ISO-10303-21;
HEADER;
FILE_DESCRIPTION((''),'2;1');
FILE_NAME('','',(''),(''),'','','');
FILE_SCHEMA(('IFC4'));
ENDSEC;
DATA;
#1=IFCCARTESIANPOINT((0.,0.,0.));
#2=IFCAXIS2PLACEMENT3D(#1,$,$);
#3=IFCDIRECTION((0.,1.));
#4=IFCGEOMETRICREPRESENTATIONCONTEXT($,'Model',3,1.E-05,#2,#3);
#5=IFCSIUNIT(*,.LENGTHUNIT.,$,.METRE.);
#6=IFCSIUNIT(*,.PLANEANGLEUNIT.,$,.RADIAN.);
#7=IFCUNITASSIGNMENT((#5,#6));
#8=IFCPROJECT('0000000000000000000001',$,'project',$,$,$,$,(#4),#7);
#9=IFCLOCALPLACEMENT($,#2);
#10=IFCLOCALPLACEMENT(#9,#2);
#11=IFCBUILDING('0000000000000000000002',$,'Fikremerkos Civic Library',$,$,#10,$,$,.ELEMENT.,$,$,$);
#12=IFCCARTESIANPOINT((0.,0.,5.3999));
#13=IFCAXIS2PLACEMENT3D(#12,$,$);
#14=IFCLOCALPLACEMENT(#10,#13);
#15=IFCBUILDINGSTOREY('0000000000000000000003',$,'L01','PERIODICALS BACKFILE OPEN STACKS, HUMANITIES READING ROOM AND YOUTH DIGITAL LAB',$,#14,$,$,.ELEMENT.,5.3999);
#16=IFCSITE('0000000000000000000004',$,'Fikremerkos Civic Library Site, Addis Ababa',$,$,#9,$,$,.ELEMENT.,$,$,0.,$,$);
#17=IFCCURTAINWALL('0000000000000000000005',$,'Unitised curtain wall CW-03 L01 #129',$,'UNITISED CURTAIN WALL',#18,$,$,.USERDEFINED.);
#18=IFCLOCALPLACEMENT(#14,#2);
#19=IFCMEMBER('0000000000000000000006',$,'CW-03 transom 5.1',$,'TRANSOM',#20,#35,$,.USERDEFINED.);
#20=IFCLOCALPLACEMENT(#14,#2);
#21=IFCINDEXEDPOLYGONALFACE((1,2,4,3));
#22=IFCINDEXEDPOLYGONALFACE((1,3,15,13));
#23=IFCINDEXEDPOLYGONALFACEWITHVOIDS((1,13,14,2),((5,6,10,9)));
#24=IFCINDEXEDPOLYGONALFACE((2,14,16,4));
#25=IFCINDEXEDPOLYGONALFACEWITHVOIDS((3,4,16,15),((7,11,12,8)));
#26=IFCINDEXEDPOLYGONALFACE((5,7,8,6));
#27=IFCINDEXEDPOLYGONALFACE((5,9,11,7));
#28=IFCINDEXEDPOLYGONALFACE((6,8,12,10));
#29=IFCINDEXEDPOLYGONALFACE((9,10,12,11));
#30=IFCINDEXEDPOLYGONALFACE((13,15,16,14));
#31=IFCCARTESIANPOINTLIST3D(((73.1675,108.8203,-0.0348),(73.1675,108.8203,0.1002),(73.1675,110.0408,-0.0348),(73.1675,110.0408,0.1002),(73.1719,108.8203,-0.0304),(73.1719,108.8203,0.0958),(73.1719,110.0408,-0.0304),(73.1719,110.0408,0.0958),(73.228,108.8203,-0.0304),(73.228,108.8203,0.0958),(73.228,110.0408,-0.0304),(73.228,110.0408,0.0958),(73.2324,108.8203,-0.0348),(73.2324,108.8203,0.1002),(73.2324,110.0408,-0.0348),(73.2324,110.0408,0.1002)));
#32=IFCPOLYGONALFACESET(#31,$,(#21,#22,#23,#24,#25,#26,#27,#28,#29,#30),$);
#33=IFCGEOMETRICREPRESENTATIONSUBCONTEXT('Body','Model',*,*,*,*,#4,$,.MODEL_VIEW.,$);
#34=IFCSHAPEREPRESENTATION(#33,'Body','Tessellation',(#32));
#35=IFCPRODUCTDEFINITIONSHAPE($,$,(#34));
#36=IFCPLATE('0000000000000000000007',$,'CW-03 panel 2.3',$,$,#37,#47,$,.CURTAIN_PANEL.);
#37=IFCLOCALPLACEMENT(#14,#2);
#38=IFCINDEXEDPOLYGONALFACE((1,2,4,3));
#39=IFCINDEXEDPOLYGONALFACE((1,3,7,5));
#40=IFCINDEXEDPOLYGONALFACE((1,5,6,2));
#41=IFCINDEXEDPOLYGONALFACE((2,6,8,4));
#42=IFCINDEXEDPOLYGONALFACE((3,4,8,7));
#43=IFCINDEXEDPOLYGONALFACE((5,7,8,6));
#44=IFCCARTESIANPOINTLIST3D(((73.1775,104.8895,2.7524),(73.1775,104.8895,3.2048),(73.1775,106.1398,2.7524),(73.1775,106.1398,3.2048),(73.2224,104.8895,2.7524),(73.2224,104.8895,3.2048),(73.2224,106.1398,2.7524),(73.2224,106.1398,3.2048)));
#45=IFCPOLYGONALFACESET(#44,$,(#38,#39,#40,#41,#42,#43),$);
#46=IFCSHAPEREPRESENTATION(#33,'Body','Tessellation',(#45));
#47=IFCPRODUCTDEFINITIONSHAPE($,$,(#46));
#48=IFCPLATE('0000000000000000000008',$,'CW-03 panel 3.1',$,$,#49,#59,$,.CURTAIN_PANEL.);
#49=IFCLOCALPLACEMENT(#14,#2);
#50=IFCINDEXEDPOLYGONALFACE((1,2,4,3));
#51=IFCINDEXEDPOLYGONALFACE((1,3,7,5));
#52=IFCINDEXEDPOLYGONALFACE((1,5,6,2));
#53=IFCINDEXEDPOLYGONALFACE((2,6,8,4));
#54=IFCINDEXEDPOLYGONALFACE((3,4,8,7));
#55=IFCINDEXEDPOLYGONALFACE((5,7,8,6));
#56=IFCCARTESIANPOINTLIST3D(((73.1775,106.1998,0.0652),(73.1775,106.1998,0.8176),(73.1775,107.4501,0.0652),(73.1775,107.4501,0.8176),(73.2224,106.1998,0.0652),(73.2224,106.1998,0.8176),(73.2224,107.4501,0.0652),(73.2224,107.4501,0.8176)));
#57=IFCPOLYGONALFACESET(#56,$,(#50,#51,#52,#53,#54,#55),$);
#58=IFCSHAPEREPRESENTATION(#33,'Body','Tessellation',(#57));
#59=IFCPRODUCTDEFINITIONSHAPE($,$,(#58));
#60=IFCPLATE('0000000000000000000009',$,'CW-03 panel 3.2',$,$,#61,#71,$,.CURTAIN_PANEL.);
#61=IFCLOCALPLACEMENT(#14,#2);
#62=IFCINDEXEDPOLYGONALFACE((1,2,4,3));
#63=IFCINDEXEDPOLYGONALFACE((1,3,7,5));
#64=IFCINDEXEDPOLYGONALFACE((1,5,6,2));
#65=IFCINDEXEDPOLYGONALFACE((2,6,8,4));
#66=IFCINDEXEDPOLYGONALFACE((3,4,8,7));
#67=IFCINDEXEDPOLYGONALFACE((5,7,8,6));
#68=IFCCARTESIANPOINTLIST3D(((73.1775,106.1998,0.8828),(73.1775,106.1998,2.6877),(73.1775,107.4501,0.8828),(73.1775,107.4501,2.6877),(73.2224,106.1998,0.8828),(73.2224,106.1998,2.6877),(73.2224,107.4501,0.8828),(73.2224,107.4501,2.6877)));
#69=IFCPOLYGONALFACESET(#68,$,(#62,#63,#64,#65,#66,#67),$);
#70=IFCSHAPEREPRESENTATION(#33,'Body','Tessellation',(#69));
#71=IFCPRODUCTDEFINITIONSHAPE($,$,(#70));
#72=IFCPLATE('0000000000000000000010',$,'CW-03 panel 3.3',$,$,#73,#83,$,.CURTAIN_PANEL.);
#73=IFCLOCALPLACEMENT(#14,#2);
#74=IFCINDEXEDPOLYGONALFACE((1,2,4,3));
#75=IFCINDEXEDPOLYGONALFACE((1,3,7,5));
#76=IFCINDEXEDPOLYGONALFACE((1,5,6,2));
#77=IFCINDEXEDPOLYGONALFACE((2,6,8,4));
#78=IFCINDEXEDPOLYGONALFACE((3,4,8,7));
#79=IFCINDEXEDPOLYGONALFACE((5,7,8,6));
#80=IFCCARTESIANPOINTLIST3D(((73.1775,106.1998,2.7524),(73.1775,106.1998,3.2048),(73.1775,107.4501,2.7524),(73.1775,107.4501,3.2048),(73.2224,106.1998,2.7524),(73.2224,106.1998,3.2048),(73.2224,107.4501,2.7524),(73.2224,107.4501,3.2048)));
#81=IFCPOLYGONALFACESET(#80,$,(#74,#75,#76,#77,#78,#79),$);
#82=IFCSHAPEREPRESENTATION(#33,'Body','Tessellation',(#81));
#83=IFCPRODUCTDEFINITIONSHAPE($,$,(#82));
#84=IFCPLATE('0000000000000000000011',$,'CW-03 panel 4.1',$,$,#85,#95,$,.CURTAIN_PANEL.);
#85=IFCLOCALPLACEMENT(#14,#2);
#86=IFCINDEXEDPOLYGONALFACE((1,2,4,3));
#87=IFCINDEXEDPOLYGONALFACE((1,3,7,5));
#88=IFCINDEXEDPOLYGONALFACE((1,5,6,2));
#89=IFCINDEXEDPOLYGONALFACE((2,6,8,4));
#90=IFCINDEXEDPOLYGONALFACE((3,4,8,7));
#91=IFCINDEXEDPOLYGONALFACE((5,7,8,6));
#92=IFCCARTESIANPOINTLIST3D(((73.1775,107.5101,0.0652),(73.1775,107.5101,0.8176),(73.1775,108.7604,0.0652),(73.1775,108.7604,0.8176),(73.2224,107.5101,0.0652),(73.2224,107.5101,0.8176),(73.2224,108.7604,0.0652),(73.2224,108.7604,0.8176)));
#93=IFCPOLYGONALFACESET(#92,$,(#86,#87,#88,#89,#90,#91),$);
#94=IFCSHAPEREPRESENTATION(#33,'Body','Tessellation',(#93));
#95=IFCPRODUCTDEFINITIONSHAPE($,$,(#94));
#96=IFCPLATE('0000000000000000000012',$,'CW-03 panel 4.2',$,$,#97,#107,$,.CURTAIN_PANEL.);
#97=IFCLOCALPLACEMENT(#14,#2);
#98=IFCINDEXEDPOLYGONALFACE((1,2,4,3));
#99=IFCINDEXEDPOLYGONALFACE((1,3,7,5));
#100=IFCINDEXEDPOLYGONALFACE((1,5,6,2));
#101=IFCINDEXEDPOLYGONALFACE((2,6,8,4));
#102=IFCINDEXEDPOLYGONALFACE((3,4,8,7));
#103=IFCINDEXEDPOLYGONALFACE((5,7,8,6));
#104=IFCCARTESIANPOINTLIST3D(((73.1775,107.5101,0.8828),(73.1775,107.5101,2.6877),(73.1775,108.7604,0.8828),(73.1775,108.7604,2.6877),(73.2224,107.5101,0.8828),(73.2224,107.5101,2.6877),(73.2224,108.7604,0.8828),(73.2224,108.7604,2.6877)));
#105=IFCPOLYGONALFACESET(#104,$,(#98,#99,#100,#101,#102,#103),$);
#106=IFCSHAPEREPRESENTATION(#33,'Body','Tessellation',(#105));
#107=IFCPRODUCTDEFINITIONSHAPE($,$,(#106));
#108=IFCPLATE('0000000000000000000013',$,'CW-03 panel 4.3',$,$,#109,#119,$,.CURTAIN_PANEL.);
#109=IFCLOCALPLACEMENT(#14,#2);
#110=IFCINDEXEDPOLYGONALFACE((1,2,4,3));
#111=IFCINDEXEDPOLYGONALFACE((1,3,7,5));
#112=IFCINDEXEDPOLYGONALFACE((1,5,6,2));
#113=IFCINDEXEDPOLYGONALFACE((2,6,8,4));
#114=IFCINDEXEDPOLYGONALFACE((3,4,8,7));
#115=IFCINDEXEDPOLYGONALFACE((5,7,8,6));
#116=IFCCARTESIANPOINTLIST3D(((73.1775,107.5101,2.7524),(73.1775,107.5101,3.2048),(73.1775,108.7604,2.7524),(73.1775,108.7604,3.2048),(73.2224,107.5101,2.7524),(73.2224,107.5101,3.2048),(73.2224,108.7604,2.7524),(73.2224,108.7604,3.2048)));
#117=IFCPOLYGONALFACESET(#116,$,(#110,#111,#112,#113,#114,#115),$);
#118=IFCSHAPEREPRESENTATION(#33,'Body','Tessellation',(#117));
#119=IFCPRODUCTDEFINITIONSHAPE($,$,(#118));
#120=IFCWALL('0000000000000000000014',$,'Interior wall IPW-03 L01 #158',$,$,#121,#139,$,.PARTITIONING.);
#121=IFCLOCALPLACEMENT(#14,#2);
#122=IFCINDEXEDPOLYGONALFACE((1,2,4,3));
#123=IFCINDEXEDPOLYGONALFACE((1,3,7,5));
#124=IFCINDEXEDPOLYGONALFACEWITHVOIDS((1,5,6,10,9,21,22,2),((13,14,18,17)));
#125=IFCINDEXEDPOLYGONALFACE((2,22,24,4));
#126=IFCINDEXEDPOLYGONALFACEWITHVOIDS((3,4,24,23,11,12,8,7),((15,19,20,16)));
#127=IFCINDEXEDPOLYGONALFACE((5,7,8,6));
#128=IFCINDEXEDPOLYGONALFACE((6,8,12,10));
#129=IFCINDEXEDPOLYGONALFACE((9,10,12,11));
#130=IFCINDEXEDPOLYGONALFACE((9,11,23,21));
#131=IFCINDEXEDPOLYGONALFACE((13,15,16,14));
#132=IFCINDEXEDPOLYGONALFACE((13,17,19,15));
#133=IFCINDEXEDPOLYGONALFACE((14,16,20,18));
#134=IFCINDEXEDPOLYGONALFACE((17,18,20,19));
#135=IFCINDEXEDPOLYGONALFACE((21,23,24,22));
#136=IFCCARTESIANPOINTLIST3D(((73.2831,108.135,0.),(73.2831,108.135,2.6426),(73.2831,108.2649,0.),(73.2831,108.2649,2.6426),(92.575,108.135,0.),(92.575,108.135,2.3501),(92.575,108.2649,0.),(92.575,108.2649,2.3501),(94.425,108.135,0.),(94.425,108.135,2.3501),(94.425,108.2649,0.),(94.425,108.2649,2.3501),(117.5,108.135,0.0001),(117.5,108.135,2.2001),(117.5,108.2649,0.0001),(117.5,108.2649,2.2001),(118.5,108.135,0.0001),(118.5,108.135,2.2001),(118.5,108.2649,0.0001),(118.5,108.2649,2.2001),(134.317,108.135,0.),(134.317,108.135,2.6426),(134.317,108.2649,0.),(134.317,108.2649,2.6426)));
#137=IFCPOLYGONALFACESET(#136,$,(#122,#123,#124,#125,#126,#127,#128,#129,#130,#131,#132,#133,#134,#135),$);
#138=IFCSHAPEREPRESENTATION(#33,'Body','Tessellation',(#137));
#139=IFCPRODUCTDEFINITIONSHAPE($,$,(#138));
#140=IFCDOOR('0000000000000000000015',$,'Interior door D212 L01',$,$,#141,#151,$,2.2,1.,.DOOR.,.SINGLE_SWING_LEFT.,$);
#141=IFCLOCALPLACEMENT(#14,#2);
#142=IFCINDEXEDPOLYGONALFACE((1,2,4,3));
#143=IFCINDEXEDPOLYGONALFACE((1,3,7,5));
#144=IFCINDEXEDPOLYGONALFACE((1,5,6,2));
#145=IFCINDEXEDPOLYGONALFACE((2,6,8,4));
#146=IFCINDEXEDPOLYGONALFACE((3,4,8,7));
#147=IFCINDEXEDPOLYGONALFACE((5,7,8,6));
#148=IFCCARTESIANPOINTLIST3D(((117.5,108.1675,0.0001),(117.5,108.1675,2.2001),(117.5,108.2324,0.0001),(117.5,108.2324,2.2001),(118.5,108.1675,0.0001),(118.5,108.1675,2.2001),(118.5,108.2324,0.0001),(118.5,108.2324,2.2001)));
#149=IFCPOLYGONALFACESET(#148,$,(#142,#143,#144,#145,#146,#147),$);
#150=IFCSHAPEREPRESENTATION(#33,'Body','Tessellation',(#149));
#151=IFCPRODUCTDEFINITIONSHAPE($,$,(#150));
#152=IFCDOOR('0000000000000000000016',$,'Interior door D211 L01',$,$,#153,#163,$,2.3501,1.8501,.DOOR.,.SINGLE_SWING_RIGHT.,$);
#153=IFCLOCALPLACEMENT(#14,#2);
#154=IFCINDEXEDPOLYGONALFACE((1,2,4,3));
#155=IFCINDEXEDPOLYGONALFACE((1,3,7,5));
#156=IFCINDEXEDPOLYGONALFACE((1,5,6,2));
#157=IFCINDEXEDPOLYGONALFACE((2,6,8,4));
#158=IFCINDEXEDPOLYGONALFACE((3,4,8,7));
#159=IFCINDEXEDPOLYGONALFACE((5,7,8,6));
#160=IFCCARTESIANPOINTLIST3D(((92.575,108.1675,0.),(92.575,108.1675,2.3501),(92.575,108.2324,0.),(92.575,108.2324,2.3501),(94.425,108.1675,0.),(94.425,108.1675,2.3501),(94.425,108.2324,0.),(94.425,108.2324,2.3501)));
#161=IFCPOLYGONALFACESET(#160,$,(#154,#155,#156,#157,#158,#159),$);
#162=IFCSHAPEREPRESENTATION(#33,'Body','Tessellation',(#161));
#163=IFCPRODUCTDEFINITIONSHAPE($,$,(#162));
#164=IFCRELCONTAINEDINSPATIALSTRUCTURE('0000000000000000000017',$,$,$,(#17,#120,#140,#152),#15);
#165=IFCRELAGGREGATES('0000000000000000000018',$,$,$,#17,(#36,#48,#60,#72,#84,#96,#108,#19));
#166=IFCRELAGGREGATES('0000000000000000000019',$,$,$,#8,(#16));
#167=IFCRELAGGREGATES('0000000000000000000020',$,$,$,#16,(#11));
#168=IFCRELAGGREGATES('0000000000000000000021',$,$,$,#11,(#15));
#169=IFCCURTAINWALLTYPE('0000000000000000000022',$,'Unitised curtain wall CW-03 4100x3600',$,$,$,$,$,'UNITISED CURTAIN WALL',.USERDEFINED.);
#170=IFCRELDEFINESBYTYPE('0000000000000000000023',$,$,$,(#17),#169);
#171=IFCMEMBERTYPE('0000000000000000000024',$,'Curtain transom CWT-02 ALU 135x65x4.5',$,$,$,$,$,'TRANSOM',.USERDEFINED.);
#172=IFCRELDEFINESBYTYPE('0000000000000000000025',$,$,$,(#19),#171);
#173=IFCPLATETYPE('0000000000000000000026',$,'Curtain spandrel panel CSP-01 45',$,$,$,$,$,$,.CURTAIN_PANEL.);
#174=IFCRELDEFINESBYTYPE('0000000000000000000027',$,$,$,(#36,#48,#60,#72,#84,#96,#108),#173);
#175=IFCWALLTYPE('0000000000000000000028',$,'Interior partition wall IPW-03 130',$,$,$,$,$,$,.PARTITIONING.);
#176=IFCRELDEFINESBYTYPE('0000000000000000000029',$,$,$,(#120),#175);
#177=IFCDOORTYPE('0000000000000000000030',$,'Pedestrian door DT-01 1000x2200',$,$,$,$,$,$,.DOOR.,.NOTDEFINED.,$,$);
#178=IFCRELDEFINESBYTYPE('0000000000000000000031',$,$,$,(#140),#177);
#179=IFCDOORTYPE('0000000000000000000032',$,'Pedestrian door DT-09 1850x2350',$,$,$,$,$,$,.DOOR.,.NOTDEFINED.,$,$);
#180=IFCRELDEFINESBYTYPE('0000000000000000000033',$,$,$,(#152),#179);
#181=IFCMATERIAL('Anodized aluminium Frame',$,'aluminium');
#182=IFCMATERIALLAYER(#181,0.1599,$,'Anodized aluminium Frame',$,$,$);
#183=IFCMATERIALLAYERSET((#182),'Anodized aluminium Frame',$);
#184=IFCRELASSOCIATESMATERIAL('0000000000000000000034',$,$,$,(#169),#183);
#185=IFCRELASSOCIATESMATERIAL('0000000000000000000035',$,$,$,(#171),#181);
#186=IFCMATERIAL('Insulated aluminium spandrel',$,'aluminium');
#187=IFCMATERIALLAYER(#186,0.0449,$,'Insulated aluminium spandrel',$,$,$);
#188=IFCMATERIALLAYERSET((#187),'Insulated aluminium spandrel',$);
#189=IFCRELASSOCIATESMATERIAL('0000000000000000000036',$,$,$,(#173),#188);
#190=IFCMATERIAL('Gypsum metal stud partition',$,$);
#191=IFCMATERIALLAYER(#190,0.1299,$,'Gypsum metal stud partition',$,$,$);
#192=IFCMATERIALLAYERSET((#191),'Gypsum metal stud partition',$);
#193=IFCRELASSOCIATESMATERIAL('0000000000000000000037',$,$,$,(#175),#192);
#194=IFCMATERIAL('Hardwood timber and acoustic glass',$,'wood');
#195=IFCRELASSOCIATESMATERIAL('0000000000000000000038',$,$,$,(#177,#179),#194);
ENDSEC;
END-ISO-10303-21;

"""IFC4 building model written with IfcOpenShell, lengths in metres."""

from ifc_helpers import new_model, si_unit, direction, frame, frame_2d, origin, origin_2d, place, context, subcontext, project, spatial, rectangle, hollow_rectangle, extrude, material, layer, layer_set, material_profile, profile_set, type_object, element, fill, aggregate, save


model = new_model("IFC4")

# Units and contexts
model_context = context("Model", 3, precision=1e-05, world=origin(), true_north=direction((0.0, 1.0)))
body_context = subcontext(model_context, "Body", "Model", "MODEL_VIEW")
ifc_project = project(units=[si_unit("LENGTHUNIT", "METRE"), si_unit("PLANEANGLEUNIT", "RADIAN")], contexts=[model_context])

# Site, building, storey
site_placement = place(None, origin())
site = spatial("IfcSite", under=ifc_project, at=site_placement, Name="Fikremerkos Civic Library Site, Addis Ababa", CompositionType="ELEMENT", RefElevation=0.0)
building_placement = place(site_placement, origin())
building = spatial("IfcBuilding", under=site, at=building_placement, Name="Fikremerkos Civic Library", CompositionType="ELEMENT")
storey_placement = place(building_placement, frame((0.0, 0.0, 5.3999)))
storey = spatial("IfcBuildingStorey", under=building, at=storey_placement, Name="L01", Description="PERIODICALS BACKFILE OPEN STACKS, HUMANITIES READING ROOM AND YOUTH DIGITAL LAB", CompositionType="ELEMENT", Elevation=5.3999)

# Curtain wall, member, plates
ifc_material_1 = material(Name="Anodized aluminium Frame", Category="aluminium")
ifc_layer_1 = layer(ifc_material_1, 0.1599, Name="Anodized aluminium Frame")
ifc_layer_set_1 = layer_set([ifc_layer_1], Name="Anodized aluminium Frame")
curtain_wall_type = type_object("IfcCurtainWallType", Name="Unitised curtain wall CW-03 4100x3600", ElementType="UNITISED CURTAIN WALL", PredefinedType="USERDEFINED", material=ifc_layer_set_1)
curtain_wall_placement = place(storey_placement, origin())
curtain_wall = element("IfcCurtainWall", 1, at=curtain_wall_placement, inside=storey, type_object=curtain_wall_type, Name="Unitised curtain wall CW-03 L01 #129", ObjectType="UNITISED CURTAIN WALL", PredefinedType="USERDEFINED")
ifc_material_profile_1 = material_profile(ifc_material_1, hollow_rectangle(XDim=0.0649, YDim=0.135, WallThickness=0.0044, at=origin_2d()), Name="ALU 135x65x4.5")
ifc_profile_set_1 = profile_set([ifc_material_profile_1], Name="Anodized aluminium Frame")
member_type_1 = type_object("IfcMemberType", Name="Curtain transom CWT-02 ALU 135x65x4.5", ElementType="TRANSOM", PredefinedType="USERDEFINED", material=ifc_profile_set_1)
member_1_placement = place(storey_placement, frame((73.2, 108.8203, 0.0327), z_axis=(0.0, 1.0, 0.0), x_axis=(-1.0, 0.0, 0.0)))
member_1 = element("IfcMember", 2, at=member_1_placement, type_object=member_type_1, Name="CW-03 transom 5.1", ObjectType="TRANSOM", PredefinedType="USERDEFINED", context=body_context, shape_type="SweptSolid", body=[
    extrude(hollow_rectangle(XDim=0.0649, YDim=0.135, WallThickness=0.0044, at=origin_2d()), origin(), (0.0, 0.0, 1.0), 1.2205),
])
ifc_material_2 = material(Name="Insulated aluminium spandrel", Category="aluminium")
ifc_layer_2 = layer(ifc_material_2, 0.0449, Name="Insulated aluminium spandrel")
ifc_layer_set_2 = layer_set([ifc_layer_2], Name="Insulated aluminium spandrel")
plate_type = type_object("IfcPlateType", Name="Curtain spandrel panel CSP-01 45", PredefinedType="CURTAIN_PANEL", material=ifc_layer_set_2)
plate_1_placement = place(storey_placement, frame((73.2, 105.5146, 2.7524), z_axis=(0.0, 0.0, 1.0), x_axis=(0.0, 1.0, 0.0)))
plate_1 = element("IfcPlate", 3, at=plate_1_placement, type_object=plate_type, Name="CW-03 panel 2.3", PredefinedType="CURTAIN_PANEL", context=body_context, shape_type="SweptSolid", body=[
    extrude(rectangle(XDim=1.2502, YDim=0.0449, at=origin_2d()), origin(), (0.0, 0.0, 1.0), 0.4524),
])
plate_2_placement = place(storey_placement, frame((73.2, 106.825, 0.0652), z_axis=(0.0, 0.0, 1.0), x_axis=(0.0, 1.0, 0.0)))
plate_2 = element("IfcPlate", 4, at=plate_2_placement, type_object=plate_type, Name="CW-03 panel 3.1", PredefinedType="CURTAIN_PANEL", context=body_context, shape_type="SweptSolid", body=[
    extrude(rectangle(XDim=1.2502, YDim=0.0449, at=origin_2d()), origin(), (0.0, 0.0, 1.0), 0.7524),
])
plate_3_placement = place(storey_placement, frame((73.2, 106.825, 0.8828), z_axis=(0.0, 0.0, 1.0), x_axis=(0.0, 1.0, 0.0)))
plate_3 = element("IfcPlate", 5, at=plate_3_placement, type_object=plate_type, Name="CW-03 panel 3.2", PredefinedType="CURTAIN_PANEL", context=body_context, shape_type="SweptSolid", body=[
    extrude(rectangle(XDim=1.2502, YDim=0.0449, at=origin_2d()), origin(), (0.0, 0.0, 1.0), 1.8049),
])
plate_4_placement = place(storey_placement, frame((73.2, 106.825, 2.7524), z_axis=(0.0, 0.0, 1.0), x_axis=(0.0, 1.0, 0.0)))
plate_4 = element("IfcPlate", 6, at=plate_4_placement, type_object=plate_type, Name="CW-03 panel 3.3", PredefinedType="CURTAIN_PANEL", context=body_context, shape_type="SweptSolid", body=[
    extrude(rectangle(XDim=1.2502, YDim=0.0449, at=origin_2d()), origin(), (0.0, 0.0, 1.0), 0.4524),
])
plate_5_placement = place(storey_placement, frame((73.2, 108.1353, 0.0652), z_axis=(0.0, 0.0, 1.0), x_axis=(0.0, 1.0, 0.0)))
plate_5 = element("IfcPlate", 7, at=plate_5_placement, type_object=plate_type, Name="CW-03 panel 4.1", PredefinedType="CURTAIN_PANEL", context=body_context, shape_type="SweptSolid", body=[
    extrude(rectangle(XDim=1.2502, YDim=0.0449, at=origin_2d()), origin(), (0.0, 0.0, 1.0), 0.7524),
])
plate_6_placement = place(storey_placement, frame((73.2, 108.1353, 0.8828), z_axis=(0.0, 0.0, 1.0), x_axis=(0.0, 1.0, 0.0)))
plate_6 = element("IfcPlate", 8, at=plate_6_placement, type_object=plate_type, Name="CW-03 panel 4.2", PredefinedType="CURTAIN_PANEL", context=body_context, shape_type="SweptSolid", body=[
    extrude(rectangle(XDim=1.2502, YDim=0.0449, at=origin_2d()), origin(), (0.0, 0.0, 1.0), 1.8049),
])
plate_7_placement = place(storey_placement, frame((73.2, 108.1353, 2.7524), z_axis=(0.0, 0.0, 1.0), x_axis=(0.0, 1.0, 0.0)))
plate_7 = element("IfcPlate", 9, at=plate_7_placement, type_object=plate_type, Name="CW-03 panel 4.3", PredefinedType="CURTAIN_PANEL", context=body_context, shape_type="SweptSolid", body=[
    extrude(rectangle(XDim=1.2502, YDim=0.0449, at=origin_2d()), origin(), (0.0, 0.0, 1.0), 0.4524),
])
aggregate(curtain_wall, [plate_1, plate_2, plate_3, plate_4, plate_5, plate_6, plate_7, member_1])

# Wall, openings, doors
ifc_material_3 = material(Name="Gypsum metal stud partition")
ifc_layer_3 = layer(ifc_material_3, 0.1299, Name="Gypsum metal stud partition")
ifc_layer_set_3 = layer_set([ifc_layer_3], Name="Gypsum metal stud partition")
wall_type = type_object("IfcWallType", Name="Interior partition wall IPW-03 130", PredefinedType="PARTITIONING", material=ifc_layer_set_3)
wall_placement = place(storey_placement, frame((73.283, 108.2, 0.0), z_axis=(0.0, 0.0, 1.0), x_axis=(1.0, 0.0, 0.0)))
wall = element("IfcWall", 10, at=wall_placement, inside=storey, type_object=wall_type, Name="Interior wall IPW-03 L01 #158", PredefinedType="PARTITIONING", context=body_context, shape_type="SweptSolid", body=[
    extrude(rectangle(XDim=61.0339, YDim=0.1299, at=frame_2d((30.5171, 0.0))), origin(), (0.0, 0.0, 1.0), 2.6426),
])
opening_1_placement = place(wall_placement, frame((19.292, 0.0, 0.0)))
opening_1 = element("IfcOpeningElement", 11, at=opening_1_placement, cuts=wall, PredefinedType="OPENING", context=body_context, shape_type="SweptSolid", body=[
    extrude(rectangle(XDim=1.8501, YDim=2.3501, at=frame_2d((0.925, 1.175))), frame((0.0, 0.075, 0.0), z_axis=(0.0, -1.0, 0.0), x_axis=(1.0, 0.0, 0.0)), (0.0, 0.0, 1.0), 0.1499),
])
opening_2_placement = place(wall_placement, frame((44.217, 0.0, 0.0)))
opening_2 = element("IfcOpeningElement", 12, at=opening_2_placement, cuts=wall, PredefinedType="OPENING", context=body_context, shape_type="SweptSolid", body=[
    extrude(rectangle(XDim=1.0, YDim=2.2, at=frame_2d((0.5, 1.1001))), frame((0.0, 0.075, 0.0), z_axis=(0.0, -1.0, 0.0), x_axis=(1.0, 0.0, 0.0)), (0.0, 0.0, 1.0), 0.1499),
])
ifc_material_4 = material(Name="Hardwood timber and acoustic glass", Category="wood")
door_type_1 = type_object("IfcDoorType", Name="Pedestrian door DT-01 1000x2200", OperationType="NOTDEFINED", PredefinedType="DOOR", material=ifc_material_4)
door_1_placement = place(opening_2_placement, origin())
door_1 = element("IfcDoor", 13, at=door_1_placement, inside=storey, type_object=door_type_1, Name="Interior door D212 L01", OperationType="SINGLE_SWING_LEFT", OverallHeight=2.2, OverallWidth=1.0, PredefinedType="DOOR", context=body_context, shape_type="SweptSolid", body=[
    extrude(rectangle(XDim=1.0, YDim=2.2, at=frame_2d((0.5, 1.1001))), frame((0.0, 0.0325, 0.0), z_axis=(0.0, -1.0, 0.0), x_axis=(1.0, 0.0, 0.0)), (0.0, 0.0, 1.0), 0.0649),
])
fill(opening_2, door_1)
door_type_2 = type_object("IfcDoorType", Name="Pedestrian door DT-09 1850x2350", OperationType="NOTDEFINED", PredefinedType="DOOR", material=ifc_material_4)
door_2_placement = place(opening_1_placement, origin())
door_2 = element("IfcDoor", 14, at=door_2_placement, inside=storey, type_object=door_type_2, Name="Interior door D211 L01", OperationType="SINGLE_SWING_RIGHT", OverallHeight=2.3501, OverallWidth=1.8501, PredefinedType="DOOR", context=body_context, shape_type="SweptSolid", body=[
    extrude(rectangle(XDim=1.8501, YDim=2.3501, at=frame_2d((0.925, 1.175))), frame((0.0, 0.0325, 0.0), z_axis=(0.0, -1.0, 0.0), x_axis=(1.0, 0.0, 0.0)), (0.0, 0.0, 1.0), 0.0649),
])
fill(opening_1, door_2)

save(model, "model.ifc")
